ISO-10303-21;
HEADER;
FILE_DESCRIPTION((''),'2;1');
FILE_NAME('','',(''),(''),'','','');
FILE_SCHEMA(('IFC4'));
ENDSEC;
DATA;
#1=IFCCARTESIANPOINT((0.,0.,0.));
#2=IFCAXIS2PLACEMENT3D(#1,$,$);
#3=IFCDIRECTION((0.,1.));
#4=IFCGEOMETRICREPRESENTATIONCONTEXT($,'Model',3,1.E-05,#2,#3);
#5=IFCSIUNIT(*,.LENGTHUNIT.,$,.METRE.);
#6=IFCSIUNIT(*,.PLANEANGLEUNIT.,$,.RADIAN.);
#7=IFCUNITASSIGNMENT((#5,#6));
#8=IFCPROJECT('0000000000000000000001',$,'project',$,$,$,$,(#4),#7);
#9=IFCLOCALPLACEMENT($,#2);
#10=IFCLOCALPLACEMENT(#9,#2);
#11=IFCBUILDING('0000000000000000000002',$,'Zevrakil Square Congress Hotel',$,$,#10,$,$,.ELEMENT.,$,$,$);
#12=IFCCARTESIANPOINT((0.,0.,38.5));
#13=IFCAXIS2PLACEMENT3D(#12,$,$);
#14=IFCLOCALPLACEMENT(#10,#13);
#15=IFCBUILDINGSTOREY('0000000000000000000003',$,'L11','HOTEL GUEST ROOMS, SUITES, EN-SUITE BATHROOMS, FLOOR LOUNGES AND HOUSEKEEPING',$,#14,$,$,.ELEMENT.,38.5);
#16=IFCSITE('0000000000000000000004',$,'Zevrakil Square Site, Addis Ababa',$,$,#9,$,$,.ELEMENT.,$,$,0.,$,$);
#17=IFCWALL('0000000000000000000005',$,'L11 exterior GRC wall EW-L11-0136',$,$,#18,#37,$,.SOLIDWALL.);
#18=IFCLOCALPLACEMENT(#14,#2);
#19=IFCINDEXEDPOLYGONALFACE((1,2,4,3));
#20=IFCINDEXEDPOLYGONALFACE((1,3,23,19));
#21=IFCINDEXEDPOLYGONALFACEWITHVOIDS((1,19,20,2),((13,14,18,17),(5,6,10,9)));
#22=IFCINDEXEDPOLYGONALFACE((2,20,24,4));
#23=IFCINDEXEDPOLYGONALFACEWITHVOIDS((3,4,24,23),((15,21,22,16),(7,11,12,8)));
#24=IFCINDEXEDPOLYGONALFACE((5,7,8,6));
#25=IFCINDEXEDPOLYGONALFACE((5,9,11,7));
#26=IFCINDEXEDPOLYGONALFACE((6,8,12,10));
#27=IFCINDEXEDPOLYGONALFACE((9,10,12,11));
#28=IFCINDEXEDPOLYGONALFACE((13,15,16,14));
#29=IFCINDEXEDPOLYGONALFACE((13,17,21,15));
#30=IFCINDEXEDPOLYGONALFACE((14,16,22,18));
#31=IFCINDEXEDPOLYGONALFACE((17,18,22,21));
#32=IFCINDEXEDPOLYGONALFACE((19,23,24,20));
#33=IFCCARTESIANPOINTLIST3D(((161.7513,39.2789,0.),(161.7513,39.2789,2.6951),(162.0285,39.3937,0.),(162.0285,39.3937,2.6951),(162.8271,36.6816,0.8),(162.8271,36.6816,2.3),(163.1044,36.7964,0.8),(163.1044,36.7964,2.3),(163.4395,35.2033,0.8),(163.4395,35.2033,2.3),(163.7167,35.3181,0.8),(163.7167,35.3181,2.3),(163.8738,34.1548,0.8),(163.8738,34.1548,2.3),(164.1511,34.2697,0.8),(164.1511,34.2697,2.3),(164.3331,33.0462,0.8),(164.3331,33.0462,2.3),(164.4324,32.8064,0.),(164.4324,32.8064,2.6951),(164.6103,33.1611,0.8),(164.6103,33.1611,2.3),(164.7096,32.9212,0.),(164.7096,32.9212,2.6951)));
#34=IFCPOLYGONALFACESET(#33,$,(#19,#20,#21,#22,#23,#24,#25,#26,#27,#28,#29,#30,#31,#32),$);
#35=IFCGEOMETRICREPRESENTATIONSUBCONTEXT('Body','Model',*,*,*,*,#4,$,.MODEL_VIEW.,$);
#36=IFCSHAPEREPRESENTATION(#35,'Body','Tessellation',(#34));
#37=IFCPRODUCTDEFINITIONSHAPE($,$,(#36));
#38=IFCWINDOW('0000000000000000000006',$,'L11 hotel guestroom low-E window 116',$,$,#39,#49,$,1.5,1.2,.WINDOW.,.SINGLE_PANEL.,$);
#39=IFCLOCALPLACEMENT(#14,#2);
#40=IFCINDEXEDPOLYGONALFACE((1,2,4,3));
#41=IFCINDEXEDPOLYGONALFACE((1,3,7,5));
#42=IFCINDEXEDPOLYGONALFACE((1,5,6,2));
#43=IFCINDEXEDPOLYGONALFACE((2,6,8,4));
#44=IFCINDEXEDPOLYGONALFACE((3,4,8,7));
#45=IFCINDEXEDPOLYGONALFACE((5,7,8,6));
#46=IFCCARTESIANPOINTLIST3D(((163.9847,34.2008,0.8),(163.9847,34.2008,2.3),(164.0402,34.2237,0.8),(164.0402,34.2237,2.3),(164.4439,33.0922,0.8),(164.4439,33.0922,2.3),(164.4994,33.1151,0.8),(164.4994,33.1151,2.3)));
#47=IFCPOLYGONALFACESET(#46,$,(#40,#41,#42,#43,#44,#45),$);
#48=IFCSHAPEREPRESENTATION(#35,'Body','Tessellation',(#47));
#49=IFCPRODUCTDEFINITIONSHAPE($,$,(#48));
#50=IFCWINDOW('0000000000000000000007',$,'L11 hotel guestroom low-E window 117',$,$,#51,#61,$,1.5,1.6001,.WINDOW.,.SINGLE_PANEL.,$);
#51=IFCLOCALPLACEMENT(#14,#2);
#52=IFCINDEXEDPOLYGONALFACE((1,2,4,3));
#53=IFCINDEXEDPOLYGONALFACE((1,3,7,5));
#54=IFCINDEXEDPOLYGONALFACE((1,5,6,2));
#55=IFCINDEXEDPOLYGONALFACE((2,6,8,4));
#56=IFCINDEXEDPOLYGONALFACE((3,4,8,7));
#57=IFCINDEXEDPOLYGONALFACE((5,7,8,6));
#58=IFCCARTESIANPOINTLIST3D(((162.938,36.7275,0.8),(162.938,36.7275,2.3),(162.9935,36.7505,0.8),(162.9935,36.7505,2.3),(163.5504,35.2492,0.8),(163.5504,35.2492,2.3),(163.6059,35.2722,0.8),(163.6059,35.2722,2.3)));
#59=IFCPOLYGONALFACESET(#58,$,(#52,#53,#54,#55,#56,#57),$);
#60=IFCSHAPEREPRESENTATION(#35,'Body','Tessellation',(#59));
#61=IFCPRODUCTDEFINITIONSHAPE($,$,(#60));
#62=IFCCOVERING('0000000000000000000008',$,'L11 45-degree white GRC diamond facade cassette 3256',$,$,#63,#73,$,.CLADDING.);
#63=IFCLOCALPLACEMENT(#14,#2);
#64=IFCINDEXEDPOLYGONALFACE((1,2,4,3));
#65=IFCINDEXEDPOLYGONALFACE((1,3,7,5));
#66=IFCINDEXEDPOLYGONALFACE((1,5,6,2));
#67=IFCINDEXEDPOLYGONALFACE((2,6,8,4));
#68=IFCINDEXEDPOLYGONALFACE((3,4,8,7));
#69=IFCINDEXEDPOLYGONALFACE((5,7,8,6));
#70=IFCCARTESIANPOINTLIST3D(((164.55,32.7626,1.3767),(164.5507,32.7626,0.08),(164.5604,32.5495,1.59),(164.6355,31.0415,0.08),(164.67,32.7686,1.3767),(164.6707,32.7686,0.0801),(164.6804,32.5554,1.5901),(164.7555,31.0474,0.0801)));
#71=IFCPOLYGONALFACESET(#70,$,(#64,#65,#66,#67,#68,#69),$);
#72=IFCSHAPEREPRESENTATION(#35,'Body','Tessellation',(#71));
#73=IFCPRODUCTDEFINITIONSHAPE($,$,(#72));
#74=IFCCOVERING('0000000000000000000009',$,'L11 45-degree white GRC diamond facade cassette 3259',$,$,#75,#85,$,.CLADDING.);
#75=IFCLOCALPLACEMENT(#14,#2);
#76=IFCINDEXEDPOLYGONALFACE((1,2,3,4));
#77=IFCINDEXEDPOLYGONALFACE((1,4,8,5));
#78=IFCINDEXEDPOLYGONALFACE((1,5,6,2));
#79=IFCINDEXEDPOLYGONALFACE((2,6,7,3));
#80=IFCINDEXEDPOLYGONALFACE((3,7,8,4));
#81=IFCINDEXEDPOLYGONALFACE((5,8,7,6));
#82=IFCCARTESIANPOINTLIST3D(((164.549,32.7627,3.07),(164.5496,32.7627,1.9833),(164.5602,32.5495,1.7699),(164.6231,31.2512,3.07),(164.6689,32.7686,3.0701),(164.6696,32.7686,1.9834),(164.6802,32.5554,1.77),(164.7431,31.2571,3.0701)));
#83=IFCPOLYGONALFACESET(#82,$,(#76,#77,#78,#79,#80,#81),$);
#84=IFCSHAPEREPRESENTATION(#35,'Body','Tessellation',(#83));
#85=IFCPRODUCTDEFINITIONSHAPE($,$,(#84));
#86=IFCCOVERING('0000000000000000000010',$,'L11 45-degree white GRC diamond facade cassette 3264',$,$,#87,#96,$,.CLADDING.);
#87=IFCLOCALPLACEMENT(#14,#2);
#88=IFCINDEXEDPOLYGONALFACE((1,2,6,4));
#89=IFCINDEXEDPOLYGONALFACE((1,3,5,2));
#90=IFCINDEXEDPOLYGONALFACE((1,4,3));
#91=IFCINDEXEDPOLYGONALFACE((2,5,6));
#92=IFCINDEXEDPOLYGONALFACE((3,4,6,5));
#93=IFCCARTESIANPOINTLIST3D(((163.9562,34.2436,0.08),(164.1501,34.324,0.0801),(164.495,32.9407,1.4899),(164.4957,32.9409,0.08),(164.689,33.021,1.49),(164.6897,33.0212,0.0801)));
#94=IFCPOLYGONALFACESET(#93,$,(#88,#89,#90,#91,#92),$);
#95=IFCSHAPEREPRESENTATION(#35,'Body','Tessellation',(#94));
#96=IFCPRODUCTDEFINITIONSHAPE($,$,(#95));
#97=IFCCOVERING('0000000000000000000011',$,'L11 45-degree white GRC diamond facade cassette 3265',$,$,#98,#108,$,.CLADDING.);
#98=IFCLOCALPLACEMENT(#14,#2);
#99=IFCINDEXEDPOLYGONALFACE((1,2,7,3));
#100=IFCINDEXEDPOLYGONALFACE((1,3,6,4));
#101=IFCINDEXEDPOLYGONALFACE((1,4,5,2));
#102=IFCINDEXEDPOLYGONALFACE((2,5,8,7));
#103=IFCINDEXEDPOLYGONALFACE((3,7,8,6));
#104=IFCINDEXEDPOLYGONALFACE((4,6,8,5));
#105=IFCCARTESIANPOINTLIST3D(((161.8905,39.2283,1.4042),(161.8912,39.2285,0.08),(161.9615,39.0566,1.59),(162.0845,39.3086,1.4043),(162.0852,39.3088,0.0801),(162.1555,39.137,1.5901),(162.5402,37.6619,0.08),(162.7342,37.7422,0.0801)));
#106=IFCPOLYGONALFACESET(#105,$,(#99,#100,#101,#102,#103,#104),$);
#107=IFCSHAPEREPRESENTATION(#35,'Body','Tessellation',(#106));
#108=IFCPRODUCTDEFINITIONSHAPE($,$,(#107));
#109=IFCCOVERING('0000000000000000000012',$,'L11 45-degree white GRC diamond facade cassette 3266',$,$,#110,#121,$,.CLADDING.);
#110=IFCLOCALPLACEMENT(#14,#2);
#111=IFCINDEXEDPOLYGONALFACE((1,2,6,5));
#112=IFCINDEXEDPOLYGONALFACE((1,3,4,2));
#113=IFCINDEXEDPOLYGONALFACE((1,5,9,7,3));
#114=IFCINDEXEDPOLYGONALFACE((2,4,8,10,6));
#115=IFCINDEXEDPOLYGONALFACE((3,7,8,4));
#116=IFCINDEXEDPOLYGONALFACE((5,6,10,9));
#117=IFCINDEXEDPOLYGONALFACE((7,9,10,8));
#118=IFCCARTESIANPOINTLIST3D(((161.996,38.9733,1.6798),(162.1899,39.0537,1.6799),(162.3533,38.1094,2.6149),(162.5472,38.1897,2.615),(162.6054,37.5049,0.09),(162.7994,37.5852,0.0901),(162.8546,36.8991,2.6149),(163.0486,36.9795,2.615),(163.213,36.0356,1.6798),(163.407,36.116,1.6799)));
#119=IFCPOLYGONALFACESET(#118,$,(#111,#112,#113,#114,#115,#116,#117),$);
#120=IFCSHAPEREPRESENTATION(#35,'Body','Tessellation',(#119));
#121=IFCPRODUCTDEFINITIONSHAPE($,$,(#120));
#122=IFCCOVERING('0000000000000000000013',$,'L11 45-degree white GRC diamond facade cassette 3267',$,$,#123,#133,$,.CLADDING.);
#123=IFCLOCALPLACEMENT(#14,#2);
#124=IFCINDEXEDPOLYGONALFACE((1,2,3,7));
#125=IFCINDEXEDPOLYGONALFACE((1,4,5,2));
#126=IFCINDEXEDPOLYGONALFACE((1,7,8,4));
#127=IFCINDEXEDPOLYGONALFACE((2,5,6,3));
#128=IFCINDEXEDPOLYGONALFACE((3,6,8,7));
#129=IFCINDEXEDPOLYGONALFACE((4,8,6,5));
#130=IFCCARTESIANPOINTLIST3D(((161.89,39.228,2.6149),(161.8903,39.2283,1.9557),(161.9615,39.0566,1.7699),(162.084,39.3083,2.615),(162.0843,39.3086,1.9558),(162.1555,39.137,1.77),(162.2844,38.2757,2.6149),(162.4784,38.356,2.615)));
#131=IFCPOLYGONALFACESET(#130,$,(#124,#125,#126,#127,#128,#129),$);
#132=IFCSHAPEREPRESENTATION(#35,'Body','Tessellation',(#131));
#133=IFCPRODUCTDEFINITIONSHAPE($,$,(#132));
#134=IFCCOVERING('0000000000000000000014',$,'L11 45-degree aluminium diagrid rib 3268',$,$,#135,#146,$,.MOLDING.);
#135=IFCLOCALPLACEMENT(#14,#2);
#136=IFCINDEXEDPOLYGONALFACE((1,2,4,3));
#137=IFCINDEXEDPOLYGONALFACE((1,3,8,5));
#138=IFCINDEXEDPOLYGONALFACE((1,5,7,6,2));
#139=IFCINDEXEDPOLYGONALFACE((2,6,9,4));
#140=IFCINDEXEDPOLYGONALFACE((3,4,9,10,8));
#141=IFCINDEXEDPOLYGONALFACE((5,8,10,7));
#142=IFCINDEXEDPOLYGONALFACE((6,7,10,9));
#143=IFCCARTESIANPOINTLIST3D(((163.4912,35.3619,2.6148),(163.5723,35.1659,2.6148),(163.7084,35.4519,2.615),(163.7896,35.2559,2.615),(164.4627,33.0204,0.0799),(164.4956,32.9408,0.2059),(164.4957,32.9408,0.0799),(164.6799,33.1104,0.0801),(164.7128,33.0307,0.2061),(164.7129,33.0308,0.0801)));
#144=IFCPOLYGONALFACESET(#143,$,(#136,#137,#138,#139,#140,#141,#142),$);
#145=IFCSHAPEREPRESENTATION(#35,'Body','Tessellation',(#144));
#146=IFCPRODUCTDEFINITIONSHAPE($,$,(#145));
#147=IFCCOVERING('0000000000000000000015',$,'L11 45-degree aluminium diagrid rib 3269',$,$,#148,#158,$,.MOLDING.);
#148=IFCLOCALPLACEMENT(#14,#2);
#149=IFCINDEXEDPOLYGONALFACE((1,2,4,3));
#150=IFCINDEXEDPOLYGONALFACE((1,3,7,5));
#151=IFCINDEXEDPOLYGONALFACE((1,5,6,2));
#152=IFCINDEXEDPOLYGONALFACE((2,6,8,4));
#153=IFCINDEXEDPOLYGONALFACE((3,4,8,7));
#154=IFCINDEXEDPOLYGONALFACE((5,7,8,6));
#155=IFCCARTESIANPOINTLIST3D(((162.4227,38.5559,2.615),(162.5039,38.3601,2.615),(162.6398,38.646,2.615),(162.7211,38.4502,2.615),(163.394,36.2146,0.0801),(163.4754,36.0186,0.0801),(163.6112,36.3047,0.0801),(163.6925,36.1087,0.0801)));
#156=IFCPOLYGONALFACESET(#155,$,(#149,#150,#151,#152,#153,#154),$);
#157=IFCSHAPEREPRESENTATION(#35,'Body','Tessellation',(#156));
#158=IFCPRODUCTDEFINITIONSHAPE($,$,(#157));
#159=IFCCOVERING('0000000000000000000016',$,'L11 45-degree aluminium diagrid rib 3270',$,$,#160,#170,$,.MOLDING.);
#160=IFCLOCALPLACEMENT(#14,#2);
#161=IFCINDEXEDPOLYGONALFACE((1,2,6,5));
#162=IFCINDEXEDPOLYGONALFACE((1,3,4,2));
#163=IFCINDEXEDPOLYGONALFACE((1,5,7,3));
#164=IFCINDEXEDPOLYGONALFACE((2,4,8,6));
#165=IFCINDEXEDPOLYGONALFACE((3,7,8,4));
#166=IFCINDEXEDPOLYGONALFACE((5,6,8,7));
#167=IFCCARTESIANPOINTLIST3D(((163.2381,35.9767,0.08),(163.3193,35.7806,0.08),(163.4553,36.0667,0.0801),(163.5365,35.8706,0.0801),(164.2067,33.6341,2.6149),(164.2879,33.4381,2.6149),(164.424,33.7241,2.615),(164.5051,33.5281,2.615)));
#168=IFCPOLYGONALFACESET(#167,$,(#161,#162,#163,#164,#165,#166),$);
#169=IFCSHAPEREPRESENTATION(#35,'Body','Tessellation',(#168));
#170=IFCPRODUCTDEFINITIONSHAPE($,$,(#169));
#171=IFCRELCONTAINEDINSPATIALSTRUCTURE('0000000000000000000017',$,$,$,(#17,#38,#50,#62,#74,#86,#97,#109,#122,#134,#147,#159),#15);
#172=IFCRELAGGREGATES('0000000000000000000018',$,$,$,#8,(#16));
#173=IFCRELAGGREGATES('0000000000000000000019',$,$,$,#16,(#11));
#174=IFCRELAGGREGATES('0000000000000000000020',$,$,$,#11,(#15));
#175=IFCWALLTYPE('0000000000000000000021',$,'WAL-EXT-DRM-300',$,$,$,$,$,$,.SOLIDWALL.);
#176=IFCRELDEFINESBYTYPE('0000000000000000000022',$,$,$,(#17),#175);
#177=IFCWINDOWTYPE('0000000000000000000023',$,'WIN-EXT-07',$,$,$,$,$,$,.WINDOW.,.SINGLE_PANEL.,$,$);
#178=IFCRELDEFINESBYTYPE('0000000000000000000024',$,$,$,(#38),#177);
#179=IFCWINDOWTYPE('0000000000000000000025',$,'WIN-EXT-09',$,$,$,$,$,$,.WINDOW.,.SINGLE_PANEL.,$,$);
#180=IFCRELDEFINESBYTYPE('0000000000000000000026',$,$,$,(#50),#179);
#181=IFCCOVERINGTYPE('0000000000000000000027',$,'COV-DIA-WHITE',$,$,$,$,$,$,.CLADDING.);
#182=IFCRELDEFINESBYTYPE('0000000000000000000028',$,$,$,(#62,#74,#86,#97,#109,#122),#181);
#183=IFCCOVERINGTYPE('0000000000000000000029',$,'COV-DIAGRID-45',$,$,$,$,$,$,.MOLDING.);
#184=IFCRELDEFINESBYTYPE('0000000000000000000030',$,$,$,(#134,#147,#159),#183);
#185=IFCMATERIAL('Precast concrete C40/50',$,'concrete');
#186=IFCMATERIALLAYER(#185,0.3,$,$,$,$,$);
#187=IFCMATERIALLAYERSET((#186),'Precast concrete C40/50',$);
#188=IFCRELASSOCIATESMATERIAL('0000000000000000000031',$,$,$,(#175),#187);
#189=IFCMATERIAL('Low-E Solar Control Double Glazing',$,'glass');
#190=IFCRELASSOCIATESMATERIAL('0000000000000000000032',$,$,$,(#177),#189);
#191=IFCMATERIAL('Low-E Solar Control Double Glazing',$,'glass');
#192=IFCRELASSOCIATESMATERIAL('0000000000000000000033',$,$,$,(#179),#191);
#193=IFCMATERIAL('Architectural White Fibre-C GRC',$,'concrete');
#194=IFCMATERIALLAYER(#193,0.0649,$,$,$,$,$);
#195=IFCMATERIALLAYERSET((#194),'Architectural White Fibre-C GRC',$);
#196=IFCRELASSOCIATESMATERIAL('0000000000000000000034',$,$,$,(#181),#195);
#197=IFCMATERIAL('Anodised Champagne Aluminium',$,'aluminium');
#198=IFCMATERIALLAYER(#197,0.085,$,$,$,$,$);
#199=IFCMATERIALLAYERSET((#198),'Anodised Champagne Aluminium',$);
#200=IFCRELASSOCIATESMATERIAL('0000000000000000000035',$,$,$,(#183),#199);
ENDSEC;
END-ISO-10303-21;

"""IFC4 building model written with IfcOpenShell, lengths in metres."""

from ifc_helpers import new_model, si_unit, direction, frame, frame_2d, origin, place, context, subcontext, project, spatial, polyline, rectangle, outline, extrude, material, layer, layer_set, type_object, element, fill, save


model = new_model("IFC4")

# Units and contexts
model_context = context("Model", 3, precision=1e-05, world=origin(), true_north=direction((0.0, 1.0)))
body_context = subcontext(model_context, "Body", "Model", "MODEL_VIEW")
ifc_project = project(units=[si_unit("LENGTHUNIT", "METRE"), si_unit("PLANEANGLEUNIT", "RADIAN")], contexts=[model_context])

# Site, building, storey
site_placement = place(None, origin())
site = spatial("IfcSite", under=ifc_project, at=site_placement, Name="Zevrakil Square Site, Addis Ababa", CompositionType="ELEMENT", RefElevation=0.0)
building_placement = place(site_placement, origin())
building = spatial("IfcBuilding", under=site, at=building_placement, Name="Zevrakil Square Congress Hotel", CompositionType="ELEMENT")
storey_placement = place(building_placement, frame((0.0, 0.0, 38.5)))
storey = spatial("IfcBuildingStorey", under=building, at=storey_placement, Name="L11", Description="HOTEL GUEST ROOMS, SUITES, EN-SUITE BATHROOMS, FLOOR LOUNGES AND HOUSEKEEPING", CompositionType="ELEMENT", Elevation=38.5)

# Wall, openings, windows
ifc_material_1 = material(Name="Precast concrete C40/50", Category="concrete")
ifc_layer_1 = layer(ifc_material_1, 0.3)
ifc_layer_set_1 = layer_set([ifc_layer_1], Name="Precast concrete C40/50")
wall_type_1 = type_object("IfcWallType", Name="WAL-EXT-DRM-300", PredefinedType="SOLIDWALL", material=ifc_layer_set_1)
wall_1_placement = place(storey_placement, frame((164.571, 32.8638, 0.0), z_axis=(0.0, 0.0, 1.0), x_axis=(-0.382707, 0.92387, 0.0)))
wall_1 = element("IfcWall", 1, at=wall_1_placement, inside=storey, type_object=wall_type_1, Name="L11 exterior GRC wall EW-L11-0136", PredefinedType="SOLIDWALL", context=body_context, shape_type="SweptSolid", body=[
    extrude(rectangle(XDim=7.0059, YDim=0.3, at=frame_2d((3.5029, 0.0))), origin(), (0.0, 0.0, 1.0), 2.6951),
])
opening_1_placement = place(wall_1_placement, frame((0.2595, 0.0, 0.8)))
opening_1 = element("IfcOpeningElement", 2, at=opening_1_placement, cuts=wall_1, PredefinedType="OPENING", context=body_context, shape_type="SweptSolid", body=[
    extrude(rectangle(XDim=1.2, YDim=1.5, at=frame_2d((0.6001, 0.75))), frame((0.0, 0.1602, 0.0), z_axis=(0.0, -1.0, 0.0), x_axis=(1.0, 0.0, 0.0)), (0.0, 0.0, 1.0), 0.3201),
])
opening_2_placement = place(wall_1_placement, frame((2.5945, 0.0, 0.8)))
opening_2 = element("IfcOpeningElement", 3, at=opening_2_placement, cuts=wall_1, PredefinedType="OPENING", context=body_context, shape_type="SweptSolid", body=[
    extrude(rectangle(XDim=1.6001, YDim=1.5, at=frame_2d((0.8, 0.75))), frame((0.0, 0.1602, 0.0), z_axis=(0.0, -1.0, 0.0), x_axis=(1.0, 0.0, 0.0)), (0.0, 0.0, 1.0), 0.3201),
])
ifc_material_2 = material(Name="Low-E Solar Control Double Glazing", Category="glass")
window_type_1 = type_object("IfcWindowType", Name="WIN-EXT-07", PartitioningType="SINGLE_PANEL", PredefinedType="WINDOW", material=ifc_material_2)
window_1_placement = place(opening_1_placement, origin())
window_1 = element("IfcWindow", 4, at=window_1_placement, inside=storey, type_object=window_type_1, Name="L11 hotel guestroom low-E window 116", OverallHeight=1.5, OverallWidth=1.2, PartitioningType="SINGLE_PANEL", PredefinedType="WINDOW", context=body_context, shape_type="SweptSolid", body=[
    extrude(rectangle(XDim=1.2, YDim=1.5, at=frame_2d((0.6001, 0.75))), frame((0.0, 0.03, 0.0), z_axis=(0.0, -1.0, 0.0), x_axis=(1.0, 0.0, 0.0)), (0.0, 0.0, 1.0), 0.0601),
])
fill(opening_1, window_1)
ifc_material_3 = material(Name="Low-E Solar Control Double Glazing", Category="glass")
window_type_2 = type_object("IfcWindowType", Name="WIN-EXT-09", PartitioningType="SINGLE_PANEL", PredefinedType="WINDOW", material=ifc_material_3)
window_2_placement = place(opening_2_placement, origin())
window_2 = element("IfcWindow", 5, at=window_2_placement, inside=storey, type_object=window_type_2, Name="L11 hotel guestroom low-E window 117", OverallHeight=1.5, OverallWidth=1.6001, PartitioningType="SINGLE_PANEL", PredefinedType="WINDOW", context=body_context, shape_type="SweptSolid", body=[
    extrude(rectangle(XDim=1.6001, YDim=1.5, at=frame_2d((0.8, 0.75))), frame((0.0, 0.03, 0.0), z_axis=(0.0, -1.0, 0.0), x_axis=(1.0, 0.0, 0.0)), (0.0, 0.0, 1.0), 0.0601),
])
fill(opening_2, window_2)

# Coverings
ifc_material_4 = material(Name="Architectural White Fibre-C GRC", Category="concrete")
ifc_layer_2 = layer(ifc_material_4, 0.0649)
ifc_layer_set_2 = layer_set([ifc_layer_2], Name="Architectural White Fibre-C GRC")
covering_type_1 = type_object("IfcCoveringType", Name="COV-DIA-WHITE", PredefinedType="CLADDING", material=ifc_layer_set_2)
covering_1_placement = place(storey_placement, frame((164.6804, 32.5554, 1.5901), z_axis=(0.998788, 0.049218, 0.000488), x_axis=(-0.034459, 0.70629, -0.707083)))
element("IfcCovering", 6, at=covering_1_placement, inside=storey, type_object=covering_type_1, Name="L11 45-degree white GRC diamond facade cassette 3256", PredefinedType="CLADDING", context=body_context, shape_type="SweptSolid", body=[
    extrude(outline(polyline([(0.0, 0.0), (0.3018, 0.0), (1.2186, -0.9169), (0.0, -2.1354), (0.0, 0.0)])), origin(), (0.0, 0.0, -1.0), 0.1201),
])
covering_2_placement = place(storey_placement, frame((164.6802, 32.5554, 1.77), z_axis=(0.998799, 0.04899, 0.000597), x_axis=(0.034217, -0.706229, 0.707156)))
element("IfcCovering", 7, at=covering_2_placement, inside=storey, type_object=covering_type_1, Name="L11 45-degree white GRC diamond facade cassette 3259", PredefinedType="CLADDING", context=body_context, shape_type="SweptSolid", body=[
    extrude(outline(polyline([(0.0, 0.0), (1.8384, 0.0), (0.7684, -1.0701), (0.0, -0.3018), (0.0, 0.0)])), origin(), (0.0, 0.0, -1.0), 0.1201),
])
covering_3_placement = place(storey_placement, frame((164.1501, 34.324, 0.0801), z_axis=(0.923894, 0.382647, 0.000546), x_axis=(0.382647, -0.923894, 0.0)))
element("IfcCovering", 8, at=covering_3_placement, inside=storey, type_object=covering_type_1, Name="L11 45-degree white GRC diamond facade cassette 3264", PredefinedType="CLADDING", context=body_context, shape_type="SweptSolid", body=[
    extrude(outline(polyline([(0.0, 0.0), (1.41, 0.0), (1.41, -1.4099), (0.0, 0.0)])), origin(), (0.0, 0.0, -1.0), 0.21),
])
covering_4_placement = place(storey_placement, frame((162.1555, 39.137, 1.5901), z_axis=(0.923868, 0.382711, 0.000542), x_axis=(-0.270236, 0.653355, -0.707177)))
element("IfcCovering", 9, at=covering_4_placement, inside=storey, type_object=covering_type_1, Name="L11 45-degree white GRC diamond facade cassette 3265", PredefinedType="CLADDING", context=body_context, shape_type="SweptSolid", body=[
    extrude(outline(polyline([(0.0, 0.0), (0.2627, 0.0), (1.1991, -0.9363), (0.0002, -2.1355), (0.0, 0.0)])), origin(), (0.0, 0.0, -1.0), 0.21),
])
covering_5_placement = place(storey_placement, frame((162.1899, 39.0537, 1.6799), z_axis=(0.923855, 0.382743, 0.000638), x_axis=(0.271064, -0.653107, -0.70709)))
element("IfcCovering", 10, at=covering_5_placement, inside=storey, type_object=covering_type_1, Name="L11 45-degree white GRC diamond facade cassette 3266", PredefinedType="CLADDING", context=body_context, shape_type="SweptSolid", body=[
    extrude(outline(polyline([(0.0, 0.0), (2.2484, 0.0), (2.2486, -2.2484), (0.9263, -2.2486), (-0.0001, -1.3223), (0.0, 0.0)])), origin(), (0.0, 0.0, -1.0), 0.21),
])
covering_6_placement = place(storey_placement, frame((162.1555, 39.137, 1.77), z_axis=(0.923918, 0.38259, 0.000615), x_axis=(0.270145, -0.653513, 0.707066)))
element("IfcCovering", 11, at=covering_6_placement, inside=storey, type_object=covering_type_1, Name="L11 45-degree white GRC diamond facade cassette 3267", PredefinedType="CLADDING", context=body_context, shape_type="SweptSolid", body=[
    extrude(outline(polyline([(0.0, 0.0), (1.195, 0.0), (0.4661, -0.7288), (-0.0001, -0.2628), (0.0, 0.0)])), origin(), (0.0, 0.0, -1.0), 0.21),
])
ifc_material_5 = material(Name="Anodised Champagne Aluminium", Category="aluminium")
ifc_layer_3 = layer(ifc_material_5, 0.085)
ifc_layer_set_3 = layer_set([ifc_layer_3], Name="Anodised Champagne Aluminium")
covering_type_2 = type_object("IfcCoveringType", Name="COV-DIAGRID-45", PredefinedType="MOLDING", material=ifc_layer_set_3)
covering_7_placement = place(storey_placement, frame((164.6799, 33.1104, 0.0801), z_axis=(0.923943, 0.382531, 0.000758), x_axis=(0.382531, -0.923943, 0.0)))
element("IfcCovering", 12, at=covering_7_placement, inside=storey, type_object=covering_type_2, Name="L11 45-degree aluminium diagrid rib 3268", PredefinedType="MOLDING", context=body_context, shape_type="SweptSolid", body=[
    extrude(outline(polyline([(0.0, 0.0), (0.0861, 0.0), (0.0861, -0.126), (-2.3229, -2.5349), (-2.5351, -2.5349), (0.0, 0.0)])), origin(), (0.0, 0.0, -1.0), 0.2351),
])
covering_8_placement = place(storey_placement, frame((163.394, 36.2146, 0.0801), z_axis=(-0.923638, -0.383267, 0.000054), x_axis=(0.383267, -0.923638, 0.0)))
element("IfcCovering", 13, at=covering_8_placement, inside=storey, type_object=covering_type_2, Name="L11 45-degree aluminium diagrid rib 3269", PredefinedType="MOLDING", context=body_context, shape_type="SweptSolid", body=[
    extrude(outline(polyline([(0.0, 0.0), (0.2122, 0.0), (-2.3228, 2.5349), (-2.5348, 2.5349), (0.0, 0.0)])), origin(), (0.0, 0.0, -1.0), 0.2351),
])
covering_9_placement = place(storey_placement, frame((164.5051, 33.5281, 2.615), z_axis=(0.923926, 0.382572, 0.000491), x_axis=(-0.382572, 0.923926, 0.0)))
element("IfcCovering", 14, at=covering_9_placement, inside=storey, type_object=covering_type_2, Name="L11 45-degree aluminium diagrid rib 3270", PredefinedType="MOLDING", context=body_context, shape_type="SweptSolid", body=[
    extrude(outline(polyline([(0.0, 0.0), (0.2121, 0.0), (2.7471, -2.5349), (2.5348, -2.5349), (0.0, 0.0)])), origin(), (0.0, 0.0, -1.0), 0.2351),
])

save(model, "model.ifc")
